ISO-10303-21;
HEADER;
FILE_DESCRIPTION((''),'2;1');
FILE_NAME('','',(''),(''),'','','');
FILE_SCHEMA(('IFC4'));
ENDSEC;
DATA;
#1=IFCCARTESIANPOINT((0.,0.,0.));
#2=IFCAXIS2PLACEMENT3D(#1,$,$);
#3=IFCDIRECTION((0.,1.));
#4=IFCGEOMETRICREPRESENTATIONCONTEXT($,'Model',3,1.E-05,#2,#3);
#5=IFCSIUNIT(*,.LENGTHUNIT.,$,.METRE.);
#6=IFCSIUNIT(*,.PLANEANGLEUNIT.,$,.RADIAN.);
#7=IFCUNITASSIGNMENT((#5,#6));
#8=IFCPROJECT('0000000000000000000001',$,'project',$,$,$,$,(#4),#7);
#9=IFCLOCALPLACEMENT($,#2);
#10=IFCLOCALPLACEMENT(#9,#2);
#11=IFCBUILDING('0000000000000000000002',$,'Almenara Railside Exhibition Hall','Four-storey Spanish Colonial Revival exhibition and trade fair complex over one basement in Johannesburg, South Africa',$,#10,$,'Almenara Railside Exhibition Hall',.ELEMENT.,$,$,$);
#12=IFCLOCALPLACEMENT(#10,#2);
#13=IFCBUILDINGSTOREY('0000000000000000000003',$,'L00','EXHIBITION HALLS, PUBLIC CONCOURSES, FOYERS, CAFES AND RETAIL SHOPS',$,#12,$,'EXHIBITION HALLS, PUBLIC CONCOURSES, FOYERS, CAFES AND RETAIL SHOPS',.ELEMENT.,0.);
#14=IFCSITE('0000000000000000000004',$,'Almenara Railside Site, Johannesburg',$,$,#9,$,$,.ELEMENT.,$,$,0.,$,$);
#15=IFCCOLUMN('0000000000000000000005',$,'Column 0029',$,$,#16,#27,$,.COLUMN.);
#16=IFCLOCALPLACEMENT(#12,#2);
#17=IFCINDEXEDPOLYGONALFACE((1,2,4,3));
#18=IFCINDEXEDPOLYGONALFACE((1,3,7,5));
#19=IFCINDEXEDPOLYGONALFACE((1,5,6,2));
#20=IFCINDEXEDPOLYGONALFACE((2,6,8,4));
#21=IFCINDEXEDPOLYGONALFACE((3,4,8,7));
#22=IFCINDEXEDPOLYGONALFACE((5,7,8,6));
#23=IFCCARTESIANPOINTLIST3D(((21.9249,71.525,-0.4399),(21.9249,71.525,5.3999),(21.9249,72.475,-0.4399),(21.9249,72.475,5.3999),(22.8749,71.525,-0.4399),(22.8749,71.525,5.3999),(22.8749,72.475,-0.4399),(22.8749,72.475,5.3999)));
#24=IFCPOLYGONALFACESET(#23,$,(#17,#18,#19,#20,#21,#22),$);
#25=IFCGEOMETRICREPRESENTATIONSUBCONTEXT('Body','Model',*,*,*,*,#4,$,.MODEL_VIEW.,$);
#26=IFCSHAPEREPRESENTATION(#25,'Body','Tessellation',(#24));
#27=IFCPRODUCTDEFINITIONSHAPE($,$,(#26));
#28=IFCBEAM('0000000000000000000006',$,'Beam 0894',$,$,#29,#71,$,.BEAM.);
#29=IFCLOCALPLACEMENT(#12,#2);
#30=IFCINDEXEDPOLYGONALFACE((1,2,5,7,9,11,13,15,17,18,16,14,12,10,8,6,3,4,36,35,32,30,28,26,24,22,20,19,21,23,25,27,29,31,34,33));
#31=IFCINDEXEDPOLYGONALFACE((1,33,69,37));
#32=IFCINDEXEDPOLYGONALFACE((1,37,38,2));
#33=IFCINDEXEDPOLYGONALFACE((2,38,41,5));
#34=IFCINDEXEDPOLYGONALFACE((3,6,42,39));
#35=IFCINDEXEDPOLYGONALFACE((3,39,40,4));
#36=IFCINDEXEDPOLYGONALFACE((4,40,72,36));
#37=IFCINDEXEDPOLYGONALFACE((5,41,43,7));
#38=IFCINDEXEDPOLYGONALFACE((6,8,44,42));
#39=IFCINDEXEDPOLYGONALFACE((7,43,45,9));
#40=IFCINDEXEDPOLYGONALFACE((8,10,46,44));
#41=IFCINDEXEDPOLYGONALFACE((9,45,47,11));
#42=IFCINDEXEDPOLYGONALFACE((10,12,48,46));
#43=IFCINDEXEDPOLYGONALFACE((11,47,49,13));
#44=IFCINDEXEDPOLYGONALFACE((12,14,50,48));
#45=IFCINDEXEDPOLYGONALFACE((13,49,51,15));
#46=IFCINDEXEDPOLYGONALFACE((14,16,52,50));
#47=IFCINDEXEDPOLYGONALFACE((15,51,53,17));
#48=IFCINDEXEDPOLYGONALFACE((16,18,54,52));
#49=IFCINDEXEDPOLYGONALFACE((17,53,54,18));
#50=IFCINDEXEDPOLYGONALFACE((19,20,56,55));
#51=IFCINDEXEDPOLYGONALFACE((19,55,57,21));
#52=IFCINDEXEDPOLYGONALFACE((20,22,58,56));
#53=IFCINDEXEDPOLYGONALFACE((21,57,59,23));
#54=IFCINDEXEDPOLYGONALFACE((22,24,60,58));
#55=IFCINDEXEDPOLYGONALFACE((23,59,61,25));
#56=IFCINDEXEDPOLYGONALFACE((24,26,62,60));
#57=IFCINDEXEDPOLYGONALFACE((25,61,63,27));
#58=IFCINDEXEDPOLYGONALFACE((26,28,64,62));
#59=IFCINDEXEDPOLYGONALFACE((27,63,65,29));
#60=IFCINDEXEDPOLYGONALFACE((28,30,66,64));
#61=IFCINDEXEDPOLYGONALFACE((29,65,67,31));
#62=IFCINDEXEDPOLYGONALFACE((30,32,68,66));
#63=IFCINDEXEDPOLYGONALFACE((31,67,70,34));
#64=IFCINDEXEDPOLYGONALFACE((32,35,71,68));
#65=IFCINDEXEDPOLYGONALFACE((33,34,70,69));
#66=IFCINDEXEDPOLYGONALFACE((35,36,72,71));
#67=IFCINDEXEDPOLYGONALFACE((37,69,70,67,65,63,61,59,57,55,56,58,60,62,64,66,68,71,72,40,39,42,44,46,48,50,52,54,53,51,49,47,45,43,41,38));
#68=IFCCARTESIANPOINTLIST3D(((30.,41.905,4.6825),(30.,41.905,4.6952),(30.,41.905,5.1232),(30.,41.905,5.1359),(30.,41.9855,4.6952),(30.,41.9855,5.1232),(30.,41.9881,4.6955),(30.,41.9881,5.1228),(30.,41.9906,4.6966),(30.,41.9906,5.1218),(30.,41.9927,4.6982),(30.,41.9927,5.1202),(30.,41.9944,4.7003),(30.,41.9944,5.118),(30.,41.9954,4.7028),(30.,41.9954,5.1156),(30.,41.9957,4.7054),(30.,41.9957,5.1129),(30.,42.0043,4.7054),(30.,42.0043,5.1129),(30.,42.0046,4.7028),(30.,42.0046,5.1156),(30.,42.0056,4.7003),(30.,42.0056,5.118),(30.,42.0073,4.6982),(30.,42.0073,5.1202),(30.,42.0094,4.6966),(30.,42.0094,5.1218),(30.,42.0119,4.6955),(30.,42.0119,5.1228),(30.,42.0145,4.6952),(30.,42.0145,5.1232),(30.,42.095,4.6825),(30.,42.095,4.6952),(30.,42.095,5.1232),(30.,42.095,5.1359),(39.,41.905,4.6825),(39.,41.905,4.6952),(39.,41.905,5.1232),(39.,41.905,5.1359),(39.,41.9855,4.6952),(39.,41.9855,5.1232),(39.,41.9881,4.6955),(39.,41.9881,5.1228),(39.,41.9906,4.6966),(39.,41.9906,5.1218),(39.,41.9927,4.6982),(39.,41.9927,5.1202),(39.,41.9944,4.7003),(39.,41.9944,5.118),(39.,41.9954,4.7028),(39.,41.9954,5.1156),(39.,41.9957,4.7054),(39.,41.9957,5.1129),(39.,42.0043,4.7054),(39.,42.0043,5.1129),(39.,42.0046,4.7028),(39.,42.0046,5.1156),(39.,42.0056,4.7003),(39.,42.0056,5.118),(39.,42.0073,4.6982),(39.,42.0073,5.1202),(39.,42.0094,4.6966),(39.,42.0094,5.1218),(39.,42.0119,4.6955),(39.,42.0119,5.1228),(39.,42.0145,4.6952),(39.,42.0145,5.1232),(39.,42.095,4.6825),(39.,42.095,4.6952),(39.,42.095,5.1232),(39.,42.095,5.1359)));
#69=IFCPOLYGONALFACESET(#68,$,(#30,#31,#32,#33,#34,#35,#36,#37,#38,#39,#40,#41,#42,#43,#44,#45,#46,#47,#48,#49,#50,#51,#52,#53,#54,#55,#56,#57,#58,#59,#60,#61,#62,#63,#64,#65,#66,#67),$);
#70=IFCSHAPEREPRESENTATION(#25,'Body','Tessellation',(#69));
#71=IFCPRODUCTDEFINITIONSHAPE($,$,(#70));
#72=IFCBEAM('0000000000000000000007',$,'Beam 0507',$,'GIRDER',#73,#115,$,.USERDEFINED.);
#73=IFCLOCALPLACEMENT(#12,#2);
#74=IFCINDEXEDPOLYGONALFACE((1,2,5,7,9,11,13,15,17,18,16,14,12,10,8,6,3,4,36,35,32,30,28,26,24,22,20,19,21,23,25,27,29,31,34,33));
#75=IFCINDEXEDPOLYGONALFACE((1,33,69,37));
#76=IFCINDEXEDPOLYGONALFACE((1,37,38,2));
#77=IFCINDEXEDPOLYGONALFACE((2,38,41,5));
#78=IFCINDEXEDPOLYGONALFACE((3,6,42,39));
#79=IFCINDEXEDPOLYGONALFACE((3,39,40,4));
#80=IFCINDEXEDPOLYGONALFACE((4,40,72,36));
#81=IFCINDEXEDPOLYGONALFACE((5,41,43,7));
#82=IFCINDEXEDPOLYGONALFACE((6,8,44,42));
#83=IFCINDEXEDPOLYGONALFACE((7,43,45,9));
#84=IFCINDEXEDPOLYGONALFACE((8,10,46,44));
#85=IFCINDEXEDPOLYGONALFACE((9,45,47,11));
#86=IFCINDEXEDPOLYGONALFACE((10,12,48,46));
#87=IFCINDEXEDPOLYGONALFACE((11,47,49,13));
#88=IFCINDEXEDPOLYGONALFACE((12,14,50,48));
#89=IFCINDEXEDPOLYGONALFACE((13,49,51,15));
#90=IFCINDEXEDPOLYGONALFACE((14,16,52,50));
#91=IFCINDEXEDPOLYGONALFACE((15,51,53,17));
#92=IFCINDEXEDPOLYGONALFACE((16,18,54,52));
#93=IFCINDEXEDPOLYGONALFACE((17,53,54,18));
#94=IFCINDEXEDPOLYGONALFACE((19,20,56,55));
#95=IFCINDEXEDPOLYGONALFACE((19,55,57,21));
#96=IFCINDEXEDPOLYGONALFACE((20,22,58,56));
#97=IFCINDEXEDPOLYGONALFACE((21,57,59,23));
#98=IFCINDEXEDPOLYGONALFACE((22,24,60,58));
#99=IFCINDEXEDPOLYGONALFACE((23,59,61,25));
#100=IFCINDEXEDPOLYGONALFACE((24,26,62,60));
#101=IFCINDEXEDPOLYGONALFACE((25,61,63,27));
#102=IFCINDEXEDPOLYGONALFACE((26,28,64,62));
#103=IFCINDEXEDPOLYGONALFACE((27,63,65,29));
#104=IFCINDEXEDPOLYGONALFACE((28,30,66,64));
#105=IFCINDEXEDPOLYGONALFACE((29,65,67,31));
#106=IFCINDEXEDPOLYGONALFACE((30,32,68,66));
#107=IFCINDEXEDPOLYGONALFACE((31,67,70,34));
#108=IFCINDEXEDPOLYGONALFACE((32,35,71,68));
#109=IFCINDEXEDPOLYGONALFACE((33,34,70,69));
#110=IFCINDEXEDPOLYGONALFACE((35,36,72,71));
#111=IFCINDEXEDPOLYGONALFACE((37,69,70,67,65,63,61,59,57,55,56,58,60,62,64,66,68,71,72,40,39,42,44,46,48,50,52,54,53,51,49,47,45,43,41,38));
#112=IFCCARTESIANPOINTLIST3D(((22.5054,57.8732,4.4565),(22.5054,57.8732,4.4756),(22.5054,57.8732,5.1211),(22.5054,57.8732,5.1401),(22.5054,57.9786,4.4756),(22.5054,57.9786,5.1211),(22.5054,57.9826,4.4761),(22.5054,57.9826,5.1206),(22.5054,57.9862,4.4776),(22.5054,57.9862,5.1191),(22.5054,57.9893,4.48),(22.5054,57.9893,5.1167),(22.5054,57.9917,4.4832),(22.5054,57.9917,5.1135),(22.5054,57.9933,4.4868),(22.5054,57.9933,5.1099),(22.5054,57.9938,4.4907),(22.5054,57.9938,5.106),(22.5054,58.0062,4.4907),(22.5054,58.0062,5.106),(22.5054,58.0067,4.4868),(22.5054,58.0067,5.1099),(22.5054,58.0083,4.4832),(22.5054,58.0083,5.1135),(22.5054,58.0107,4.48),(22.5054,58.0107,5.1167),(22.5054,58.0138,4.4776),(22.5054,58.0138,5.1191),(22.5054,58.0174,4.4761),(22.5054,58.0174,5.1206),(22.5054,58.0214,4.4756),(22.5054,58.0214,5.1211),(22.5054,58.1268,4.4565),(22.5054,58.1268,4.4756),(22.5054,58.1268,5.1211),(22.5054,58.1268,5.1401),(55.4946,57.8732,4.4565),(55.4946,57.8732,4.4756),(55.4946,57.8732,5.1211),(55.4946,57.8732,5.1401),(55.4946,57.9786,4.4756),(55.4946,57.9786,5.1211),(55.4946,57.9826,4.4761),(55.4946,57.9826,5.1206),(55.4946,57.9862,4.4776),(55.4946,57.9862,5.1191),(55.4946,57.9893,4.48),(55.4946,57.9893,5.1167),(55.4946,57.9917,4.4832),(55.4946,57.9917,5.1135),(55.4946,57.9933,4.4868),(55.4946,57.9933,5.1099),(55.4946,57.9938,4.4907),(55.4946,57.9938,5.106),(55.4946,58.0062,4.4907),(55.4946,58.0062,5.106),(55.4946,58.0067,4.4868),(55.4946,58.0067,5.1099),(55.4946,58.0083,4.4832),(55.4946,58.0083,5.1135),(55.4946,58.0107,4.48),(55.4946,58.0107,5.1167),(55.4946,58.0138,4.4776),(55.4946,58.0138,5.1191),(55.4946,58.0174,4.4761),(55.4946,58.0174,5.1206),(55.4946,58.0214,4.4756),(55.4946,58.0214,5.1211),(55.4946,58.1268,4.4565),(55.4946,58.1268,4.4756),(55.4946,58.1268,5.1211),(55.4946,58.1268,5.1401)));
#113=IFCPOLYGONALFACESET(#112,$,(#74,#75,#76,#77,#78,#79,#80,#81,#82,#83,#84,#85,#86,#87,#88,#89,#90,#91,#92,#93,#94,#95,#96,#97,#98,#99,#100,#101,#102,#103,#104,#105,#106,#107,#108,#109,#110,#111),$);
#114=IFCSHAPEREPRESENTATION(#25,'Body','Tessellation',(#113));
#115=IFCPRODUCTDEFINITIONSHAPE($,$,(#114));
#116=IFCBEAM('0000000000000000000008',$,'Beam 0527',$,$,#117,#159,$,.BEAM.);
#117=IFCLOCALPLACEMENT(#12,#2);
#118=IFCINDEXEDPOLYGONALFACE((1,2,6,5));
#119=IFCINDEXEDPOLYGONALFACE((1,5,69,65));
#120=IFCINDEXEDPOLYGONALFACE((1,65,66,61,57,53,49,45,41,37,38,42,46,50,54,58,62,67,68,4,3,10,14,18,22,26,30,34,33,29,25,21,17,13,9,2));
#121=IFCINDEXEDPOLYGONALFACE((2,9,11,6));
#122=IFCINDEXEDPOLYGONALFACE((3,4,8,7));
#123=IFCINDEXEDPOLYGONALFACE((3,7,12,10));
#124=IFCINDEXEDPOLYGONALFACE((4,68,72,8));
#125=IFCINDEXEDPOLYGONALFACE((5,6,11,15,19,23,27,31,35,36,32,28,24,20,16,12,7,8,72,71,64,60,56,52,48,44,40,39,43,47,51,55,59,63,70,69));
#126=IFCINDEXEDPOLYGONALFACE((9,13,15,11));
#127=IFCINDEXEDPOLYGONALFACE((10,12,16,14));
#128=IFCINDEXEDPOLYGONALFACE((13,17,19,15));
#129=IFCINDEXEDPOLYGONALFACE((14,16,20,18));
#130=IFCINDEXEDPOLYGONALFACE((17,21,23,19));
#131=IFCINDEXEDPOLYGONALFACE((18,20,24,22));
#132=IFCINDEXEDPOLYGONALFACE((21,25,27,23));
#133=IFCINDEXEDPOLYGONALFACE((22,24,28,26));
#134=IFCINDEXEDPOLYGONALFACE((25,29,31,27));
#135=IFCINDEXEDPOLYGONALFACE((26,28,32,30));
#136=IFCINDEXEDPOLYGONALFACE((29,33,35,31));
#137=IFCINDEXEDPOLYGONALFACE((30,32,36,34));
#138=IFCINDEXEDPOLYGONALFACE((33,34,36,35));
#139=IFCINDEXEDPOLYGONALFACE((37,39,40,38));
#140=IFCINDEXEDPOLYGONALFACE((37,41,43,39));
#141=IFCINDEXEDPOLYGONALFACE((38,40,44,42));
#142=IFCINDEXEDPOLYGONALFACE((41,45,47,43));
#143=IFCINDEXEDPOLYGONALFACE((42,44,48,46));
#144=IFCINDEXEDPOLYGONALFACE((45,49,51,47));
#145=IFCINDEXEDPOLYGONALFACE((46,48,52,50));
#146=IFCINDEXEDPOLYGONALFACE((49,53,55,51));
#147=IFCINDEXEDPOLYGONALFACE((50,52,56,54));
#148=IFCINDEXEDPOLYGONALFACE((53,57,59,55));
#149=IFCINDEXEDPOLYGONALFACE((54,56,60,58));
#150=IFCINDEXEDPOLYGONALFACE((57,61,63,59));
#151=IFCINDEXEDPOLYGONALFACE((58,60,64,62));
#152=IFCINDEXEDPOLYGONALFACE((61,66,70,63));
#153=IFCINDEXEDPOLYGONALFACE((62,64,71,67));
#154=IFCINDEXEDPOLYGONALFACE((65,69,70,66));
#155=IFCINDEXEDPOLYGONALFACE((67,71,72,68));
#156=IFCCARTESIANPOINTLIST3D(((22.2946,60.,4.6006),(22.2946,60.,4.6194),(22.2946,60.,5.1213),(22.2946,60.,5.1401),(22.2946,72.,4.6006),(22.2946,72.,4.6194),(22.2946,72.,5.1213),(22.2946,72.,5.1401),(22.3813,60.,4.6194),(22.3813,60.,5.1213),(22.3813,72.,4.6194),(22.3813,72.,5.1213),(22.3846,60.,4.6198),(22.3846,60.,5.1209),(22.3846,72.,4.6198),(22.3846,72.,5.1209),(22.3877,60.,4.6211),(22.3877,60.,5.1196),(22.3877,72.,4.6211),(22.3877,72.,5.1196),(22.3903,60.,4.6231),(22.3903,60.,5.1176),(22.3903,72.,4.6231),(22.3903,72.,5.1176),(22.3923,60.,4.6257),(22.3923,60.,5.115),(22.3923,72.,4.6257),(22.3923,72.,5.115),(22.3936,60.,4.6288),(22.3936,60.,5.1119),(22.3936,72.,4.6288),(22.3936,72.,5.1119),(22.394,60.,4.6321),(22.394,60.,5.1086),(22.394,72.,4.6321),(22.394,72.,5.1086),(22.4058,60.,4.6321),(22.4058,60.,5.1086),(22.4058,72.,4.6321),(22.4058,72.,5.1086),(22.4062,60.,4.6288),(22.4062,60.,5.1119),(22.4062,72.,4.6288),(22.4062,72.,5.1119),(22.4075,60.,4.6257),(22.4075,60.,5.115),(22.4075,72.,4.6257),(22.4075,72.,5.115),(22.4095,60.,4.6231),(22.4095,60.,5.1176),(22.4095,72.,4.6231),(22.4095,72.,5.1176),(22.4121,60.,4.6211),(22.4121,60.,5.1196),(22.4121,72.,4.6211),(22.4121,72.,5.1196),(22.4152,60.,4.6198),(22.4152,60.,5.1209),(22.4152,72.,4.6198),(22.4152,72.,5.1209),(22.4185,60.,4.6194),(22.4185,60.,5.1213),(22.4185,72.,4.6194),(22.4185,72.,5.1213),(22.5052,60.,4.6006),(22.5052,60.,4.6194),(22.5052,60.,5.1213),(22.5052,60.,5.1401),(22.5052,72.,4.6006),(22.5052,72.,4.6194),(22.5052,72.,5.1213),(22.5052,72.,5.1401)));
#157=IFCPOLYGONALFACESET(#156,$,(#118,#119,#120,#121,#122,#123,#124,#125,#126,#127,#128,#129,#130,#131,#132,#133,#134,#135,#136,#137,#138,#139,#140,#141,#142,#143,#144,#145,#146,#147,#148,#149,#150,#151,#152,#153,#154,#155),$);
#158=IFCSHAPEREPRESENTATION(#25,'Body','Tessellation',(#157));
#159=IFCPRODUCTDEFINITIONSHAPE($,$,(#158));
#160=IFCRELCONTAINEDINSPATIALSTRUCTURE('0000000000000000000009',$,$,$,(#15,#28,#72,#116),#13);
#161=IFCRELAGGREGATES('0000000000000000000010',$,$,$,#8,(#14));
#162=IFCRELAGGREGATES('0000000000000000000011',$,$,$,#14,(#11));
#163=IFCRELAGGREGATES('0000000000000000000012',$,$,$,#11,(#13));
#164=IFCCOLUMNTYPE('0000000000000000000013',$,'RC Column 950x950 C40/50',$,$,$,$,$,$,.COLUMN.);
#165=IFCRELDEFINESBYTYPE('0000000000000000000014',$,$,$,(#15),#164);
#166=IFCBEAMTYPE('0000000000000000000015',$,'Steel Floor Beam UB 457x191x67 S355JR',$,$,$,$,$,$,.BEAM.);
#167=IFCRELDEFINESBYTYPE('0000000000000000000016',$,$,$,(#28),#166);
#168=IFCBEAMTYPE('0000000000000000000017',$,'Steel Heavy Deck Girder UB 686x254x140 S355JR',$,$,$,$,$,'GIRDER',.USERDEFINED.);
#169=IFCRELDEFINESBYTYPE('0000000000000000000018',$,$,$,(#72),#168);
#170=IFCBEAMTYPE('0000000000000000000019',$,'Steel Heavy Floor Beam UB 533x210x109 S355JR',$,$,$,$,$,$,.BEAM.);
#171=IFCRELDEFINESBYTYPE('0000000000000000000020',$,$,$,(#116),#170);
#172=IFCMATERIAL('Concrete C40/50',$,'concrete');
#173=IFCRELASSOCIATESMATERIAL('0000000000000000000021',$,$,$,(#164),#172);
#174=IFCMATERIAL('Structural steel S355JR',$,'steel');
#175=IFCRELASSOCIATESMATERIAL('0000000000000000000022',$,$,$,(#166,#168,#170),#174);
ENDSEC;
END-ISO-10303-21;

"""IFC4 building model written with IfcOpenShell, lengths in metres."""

from ifc_helpers import new_model, si_unit, direction, frame, origin, origin_2d, place, context, subcontext, project, spatial, rectangle, i_section, extrude, material, material_profile, profile_set, type_object, element, save


model = new_model("IFC4")

# Units and contexts
model_context = context("Model", 3, precision=1e-05, world=origin(), true_north=direction((0.0, 1.0)))
body_context = subcontext(model_context, "Body", "Model", "MODEL_VIEW")
ifc_project = project(units=[si_unit("LENGTHUNIT", "METRE"), si_unit("PLANEANGLEUNIT", "RADIAN")], contexts=[model_context])

# Site, building, storey
site_placement = place(None, origin())
site = spatial("IfcSite", under=ifc_project, at=site_placement, Name="Almenara Railside Site, Johannesburg", CompositionType="ELEMENT", RefElevation=0.0)
building_placement = place(site_placement, origin())
building = spatial("IfcBuilding", under=site, at=building_placement, Name="Almenara Railside Exhibition Hall", Description="Four-storey Spanish Colonial Revival exhibition and trade fair complex over one basement in Johannesburg, South Africa", LongName="Almenara Railside Exhibition Hall", CompositionType="ELEMENT")
storey_placement = place(building_placement, origin())
storey = spatial("IfcBuildingStorey", under=building, at=storey_placement, Name="L00", Description="EXHIBITION HALLS, PUBLIC CONCOURSES, FOYERS, CAFES AND RETAIL SHOPS", LongName="EXHIBITION HALLS, PUBLIC CONCOURSES, FOYERS, CAFES AND RETAIL SHOPS", CompositionType="ELEMENT", Elevation=0.0)

# Shared definitions
ifc_material_1 = material(Name="Concrete C40/50", Category="concrete")

# Column
ifc_material_profile_1 = material_profile(ifc_material_1, rectangle(XDim=0.95, YDim=0.95, at=origin_2d()), Name="RC 950x950")
ifc_profile_set_1 = profile_set([ifc_material_profile_1], Name="Concrete C40/50")
column_type_1 = type_object("IfcColumnType", Name="RC Column 950x950 C40/50", PredefinedType="COLUMN", material=ifc_profile_set_1)
column_placement = place(storey_placement, frame((22.3999, 72.0, -0.4399), z_axis=(0.0, 0.0, 1.0), x_axis=(1.0, 0.0, 0.0)))
element("IfcColumn", 1, at=column_placement, inside=storey, type_object=column_type_1, Name="Column 0029", PredefinedType="COLUMN", context=body_context, shape_type="SweptSolid", body=[
    extrude(rectangle(XDim=0.95, YDim=0.95, at=origin_2d()), origin(), (0.0, 0.0, 1.0), 5.8398),
])

# Beams
ifc_material_2 = material(Name="Structural steel S355JR", Category="steel")
ifc_material_profile_2 = material_profile(ifc_material_2, i_section(OverallWidth=0.1899, OverallDepth=0.4534, WebThickness=0.0085, FlangeThickness=0.0127, FilletRadius=0.0103, at=origin_2d()), Name="UB 457x191x67")
ifc_profile_set_2 = profile_set([ifc_material_profile_2], Name="Structural steel S355JR")
beam_type_1 = type_object("IfcBeamType", Name="Steel Floor Beam UB 457x191x67 S355JR", PredefinedType="BEAM", material=ifc_profile_set_2)
beam_1_placement = place(storey_placement, frame((30.0, 42.0, 4.9092), z_axis=(1.0, 0.0, 0.0), x_axis=(0.0, 1.0, 0.0)))
element("IfcBeam", 2, at=beam_1_placement, inside=storey, type_object=beam_type_1, Name="Beam 0894", PredefinedType="BEAM", context=body_context, shape_type="SweptSolid", body=[
    extrude(i_section(OverallWidth=0.1899, OverallDepth=0.4534, WebThickness=0.0085, FlangeThickness=0.0127, FilletRadius=0.0103, at=origin_2d()), origin(), (0.0, 0.0, 1.0), 9.0),
])
ifc_material_profile_3 = material_profile(ifc_material_2, i_section(OverallWidth=0.2537, OverallDepth=0.6836, WebThickness=0.0125, FlangeThickness=0.019, FilletRadius=0.0151, at=origin_2d()), Name="UB 686x254x140")
ifc_profile_set_3 = profile_set([ifc_material_profile_3], Name="Structural steel S355JR")
beam_type_2 = type_object("IfcBeamType", Name="Steel Heavy Deck Girder UB 686x254x140 S355JR", ElementType="GIRDER", PredefinedType="USERDEFINED", material=ifc_profile_set_3)
beam_2_placement = place(storey_placement, frame((22.5054, 58.0, 4.7983), z_axis=(1.0, 0.0, 0.0), x_axis=(0.0, 1.0, 0.0)))
element("IfcBeam", 3, at=beam_2_placement, inside=storey, type_object=beam_type_2, Name="Beam 0507", ObjectType="GIRDER", PredefinedType="USERDEFINED", context=body_context, shape_type="SweptSolid", body=[
    extrude(i_section(OverallWidth=0.2537, OverallDepth=0.6836, WebThickness=0.0125, FlangeThickness=0.019, FilletRadius=0.0151, at=origin_2d()), origin(), (0.0, 0.0, 1.0), 32.9893),
])
ifc_material_profile_4 = material_profile(ifc_material_2, i_section(OverallWidth=0.2107, OverallDepth=0.5396, WebThickness=0.0117, FlangeThickness=0.0188, FilletRadius=0.0127, at=origin_2d()), Name="UB 533x210x109")
ifc_profile_set_4 = profile_set([ifc_material_profile_4], Name="Structural steel S355JR")
beam_type_3 = type_object("IfcBeamType", Name="Steel Heavy Floor Beam UB 533x210x109 S355JR", PredefinedType="BEAM", material=ifc_profile_set_4)
for number, where, z_axis, x_axis, name in (
    (4, (22.3999, 60.0, 4.8704), (0.0, 1.0, 0.0), (-1.0, 0.0, 0.0), "Beam 0527"),
):
    element("IfcBeam", number, at=place(storey_placement, frame(where, z_axis=z_axis, x_axis=x_axis)), inside=storey, type_object=beam_type_3, Name=name, PredefinedType="BEAM", context=body_context, shape_type="SweptSolid", body=[
        extrude(i_section(OverallWidth=0.2107, OverallDepth=0.5396, WebThickness=0.0117, FlangeThickness=0.0188, FilletRadius=0.0127, at=origin_2d()), origin(), (0.0, 0.0, 1.0), 12.0),
    ])

save(model, "model.ifc")
